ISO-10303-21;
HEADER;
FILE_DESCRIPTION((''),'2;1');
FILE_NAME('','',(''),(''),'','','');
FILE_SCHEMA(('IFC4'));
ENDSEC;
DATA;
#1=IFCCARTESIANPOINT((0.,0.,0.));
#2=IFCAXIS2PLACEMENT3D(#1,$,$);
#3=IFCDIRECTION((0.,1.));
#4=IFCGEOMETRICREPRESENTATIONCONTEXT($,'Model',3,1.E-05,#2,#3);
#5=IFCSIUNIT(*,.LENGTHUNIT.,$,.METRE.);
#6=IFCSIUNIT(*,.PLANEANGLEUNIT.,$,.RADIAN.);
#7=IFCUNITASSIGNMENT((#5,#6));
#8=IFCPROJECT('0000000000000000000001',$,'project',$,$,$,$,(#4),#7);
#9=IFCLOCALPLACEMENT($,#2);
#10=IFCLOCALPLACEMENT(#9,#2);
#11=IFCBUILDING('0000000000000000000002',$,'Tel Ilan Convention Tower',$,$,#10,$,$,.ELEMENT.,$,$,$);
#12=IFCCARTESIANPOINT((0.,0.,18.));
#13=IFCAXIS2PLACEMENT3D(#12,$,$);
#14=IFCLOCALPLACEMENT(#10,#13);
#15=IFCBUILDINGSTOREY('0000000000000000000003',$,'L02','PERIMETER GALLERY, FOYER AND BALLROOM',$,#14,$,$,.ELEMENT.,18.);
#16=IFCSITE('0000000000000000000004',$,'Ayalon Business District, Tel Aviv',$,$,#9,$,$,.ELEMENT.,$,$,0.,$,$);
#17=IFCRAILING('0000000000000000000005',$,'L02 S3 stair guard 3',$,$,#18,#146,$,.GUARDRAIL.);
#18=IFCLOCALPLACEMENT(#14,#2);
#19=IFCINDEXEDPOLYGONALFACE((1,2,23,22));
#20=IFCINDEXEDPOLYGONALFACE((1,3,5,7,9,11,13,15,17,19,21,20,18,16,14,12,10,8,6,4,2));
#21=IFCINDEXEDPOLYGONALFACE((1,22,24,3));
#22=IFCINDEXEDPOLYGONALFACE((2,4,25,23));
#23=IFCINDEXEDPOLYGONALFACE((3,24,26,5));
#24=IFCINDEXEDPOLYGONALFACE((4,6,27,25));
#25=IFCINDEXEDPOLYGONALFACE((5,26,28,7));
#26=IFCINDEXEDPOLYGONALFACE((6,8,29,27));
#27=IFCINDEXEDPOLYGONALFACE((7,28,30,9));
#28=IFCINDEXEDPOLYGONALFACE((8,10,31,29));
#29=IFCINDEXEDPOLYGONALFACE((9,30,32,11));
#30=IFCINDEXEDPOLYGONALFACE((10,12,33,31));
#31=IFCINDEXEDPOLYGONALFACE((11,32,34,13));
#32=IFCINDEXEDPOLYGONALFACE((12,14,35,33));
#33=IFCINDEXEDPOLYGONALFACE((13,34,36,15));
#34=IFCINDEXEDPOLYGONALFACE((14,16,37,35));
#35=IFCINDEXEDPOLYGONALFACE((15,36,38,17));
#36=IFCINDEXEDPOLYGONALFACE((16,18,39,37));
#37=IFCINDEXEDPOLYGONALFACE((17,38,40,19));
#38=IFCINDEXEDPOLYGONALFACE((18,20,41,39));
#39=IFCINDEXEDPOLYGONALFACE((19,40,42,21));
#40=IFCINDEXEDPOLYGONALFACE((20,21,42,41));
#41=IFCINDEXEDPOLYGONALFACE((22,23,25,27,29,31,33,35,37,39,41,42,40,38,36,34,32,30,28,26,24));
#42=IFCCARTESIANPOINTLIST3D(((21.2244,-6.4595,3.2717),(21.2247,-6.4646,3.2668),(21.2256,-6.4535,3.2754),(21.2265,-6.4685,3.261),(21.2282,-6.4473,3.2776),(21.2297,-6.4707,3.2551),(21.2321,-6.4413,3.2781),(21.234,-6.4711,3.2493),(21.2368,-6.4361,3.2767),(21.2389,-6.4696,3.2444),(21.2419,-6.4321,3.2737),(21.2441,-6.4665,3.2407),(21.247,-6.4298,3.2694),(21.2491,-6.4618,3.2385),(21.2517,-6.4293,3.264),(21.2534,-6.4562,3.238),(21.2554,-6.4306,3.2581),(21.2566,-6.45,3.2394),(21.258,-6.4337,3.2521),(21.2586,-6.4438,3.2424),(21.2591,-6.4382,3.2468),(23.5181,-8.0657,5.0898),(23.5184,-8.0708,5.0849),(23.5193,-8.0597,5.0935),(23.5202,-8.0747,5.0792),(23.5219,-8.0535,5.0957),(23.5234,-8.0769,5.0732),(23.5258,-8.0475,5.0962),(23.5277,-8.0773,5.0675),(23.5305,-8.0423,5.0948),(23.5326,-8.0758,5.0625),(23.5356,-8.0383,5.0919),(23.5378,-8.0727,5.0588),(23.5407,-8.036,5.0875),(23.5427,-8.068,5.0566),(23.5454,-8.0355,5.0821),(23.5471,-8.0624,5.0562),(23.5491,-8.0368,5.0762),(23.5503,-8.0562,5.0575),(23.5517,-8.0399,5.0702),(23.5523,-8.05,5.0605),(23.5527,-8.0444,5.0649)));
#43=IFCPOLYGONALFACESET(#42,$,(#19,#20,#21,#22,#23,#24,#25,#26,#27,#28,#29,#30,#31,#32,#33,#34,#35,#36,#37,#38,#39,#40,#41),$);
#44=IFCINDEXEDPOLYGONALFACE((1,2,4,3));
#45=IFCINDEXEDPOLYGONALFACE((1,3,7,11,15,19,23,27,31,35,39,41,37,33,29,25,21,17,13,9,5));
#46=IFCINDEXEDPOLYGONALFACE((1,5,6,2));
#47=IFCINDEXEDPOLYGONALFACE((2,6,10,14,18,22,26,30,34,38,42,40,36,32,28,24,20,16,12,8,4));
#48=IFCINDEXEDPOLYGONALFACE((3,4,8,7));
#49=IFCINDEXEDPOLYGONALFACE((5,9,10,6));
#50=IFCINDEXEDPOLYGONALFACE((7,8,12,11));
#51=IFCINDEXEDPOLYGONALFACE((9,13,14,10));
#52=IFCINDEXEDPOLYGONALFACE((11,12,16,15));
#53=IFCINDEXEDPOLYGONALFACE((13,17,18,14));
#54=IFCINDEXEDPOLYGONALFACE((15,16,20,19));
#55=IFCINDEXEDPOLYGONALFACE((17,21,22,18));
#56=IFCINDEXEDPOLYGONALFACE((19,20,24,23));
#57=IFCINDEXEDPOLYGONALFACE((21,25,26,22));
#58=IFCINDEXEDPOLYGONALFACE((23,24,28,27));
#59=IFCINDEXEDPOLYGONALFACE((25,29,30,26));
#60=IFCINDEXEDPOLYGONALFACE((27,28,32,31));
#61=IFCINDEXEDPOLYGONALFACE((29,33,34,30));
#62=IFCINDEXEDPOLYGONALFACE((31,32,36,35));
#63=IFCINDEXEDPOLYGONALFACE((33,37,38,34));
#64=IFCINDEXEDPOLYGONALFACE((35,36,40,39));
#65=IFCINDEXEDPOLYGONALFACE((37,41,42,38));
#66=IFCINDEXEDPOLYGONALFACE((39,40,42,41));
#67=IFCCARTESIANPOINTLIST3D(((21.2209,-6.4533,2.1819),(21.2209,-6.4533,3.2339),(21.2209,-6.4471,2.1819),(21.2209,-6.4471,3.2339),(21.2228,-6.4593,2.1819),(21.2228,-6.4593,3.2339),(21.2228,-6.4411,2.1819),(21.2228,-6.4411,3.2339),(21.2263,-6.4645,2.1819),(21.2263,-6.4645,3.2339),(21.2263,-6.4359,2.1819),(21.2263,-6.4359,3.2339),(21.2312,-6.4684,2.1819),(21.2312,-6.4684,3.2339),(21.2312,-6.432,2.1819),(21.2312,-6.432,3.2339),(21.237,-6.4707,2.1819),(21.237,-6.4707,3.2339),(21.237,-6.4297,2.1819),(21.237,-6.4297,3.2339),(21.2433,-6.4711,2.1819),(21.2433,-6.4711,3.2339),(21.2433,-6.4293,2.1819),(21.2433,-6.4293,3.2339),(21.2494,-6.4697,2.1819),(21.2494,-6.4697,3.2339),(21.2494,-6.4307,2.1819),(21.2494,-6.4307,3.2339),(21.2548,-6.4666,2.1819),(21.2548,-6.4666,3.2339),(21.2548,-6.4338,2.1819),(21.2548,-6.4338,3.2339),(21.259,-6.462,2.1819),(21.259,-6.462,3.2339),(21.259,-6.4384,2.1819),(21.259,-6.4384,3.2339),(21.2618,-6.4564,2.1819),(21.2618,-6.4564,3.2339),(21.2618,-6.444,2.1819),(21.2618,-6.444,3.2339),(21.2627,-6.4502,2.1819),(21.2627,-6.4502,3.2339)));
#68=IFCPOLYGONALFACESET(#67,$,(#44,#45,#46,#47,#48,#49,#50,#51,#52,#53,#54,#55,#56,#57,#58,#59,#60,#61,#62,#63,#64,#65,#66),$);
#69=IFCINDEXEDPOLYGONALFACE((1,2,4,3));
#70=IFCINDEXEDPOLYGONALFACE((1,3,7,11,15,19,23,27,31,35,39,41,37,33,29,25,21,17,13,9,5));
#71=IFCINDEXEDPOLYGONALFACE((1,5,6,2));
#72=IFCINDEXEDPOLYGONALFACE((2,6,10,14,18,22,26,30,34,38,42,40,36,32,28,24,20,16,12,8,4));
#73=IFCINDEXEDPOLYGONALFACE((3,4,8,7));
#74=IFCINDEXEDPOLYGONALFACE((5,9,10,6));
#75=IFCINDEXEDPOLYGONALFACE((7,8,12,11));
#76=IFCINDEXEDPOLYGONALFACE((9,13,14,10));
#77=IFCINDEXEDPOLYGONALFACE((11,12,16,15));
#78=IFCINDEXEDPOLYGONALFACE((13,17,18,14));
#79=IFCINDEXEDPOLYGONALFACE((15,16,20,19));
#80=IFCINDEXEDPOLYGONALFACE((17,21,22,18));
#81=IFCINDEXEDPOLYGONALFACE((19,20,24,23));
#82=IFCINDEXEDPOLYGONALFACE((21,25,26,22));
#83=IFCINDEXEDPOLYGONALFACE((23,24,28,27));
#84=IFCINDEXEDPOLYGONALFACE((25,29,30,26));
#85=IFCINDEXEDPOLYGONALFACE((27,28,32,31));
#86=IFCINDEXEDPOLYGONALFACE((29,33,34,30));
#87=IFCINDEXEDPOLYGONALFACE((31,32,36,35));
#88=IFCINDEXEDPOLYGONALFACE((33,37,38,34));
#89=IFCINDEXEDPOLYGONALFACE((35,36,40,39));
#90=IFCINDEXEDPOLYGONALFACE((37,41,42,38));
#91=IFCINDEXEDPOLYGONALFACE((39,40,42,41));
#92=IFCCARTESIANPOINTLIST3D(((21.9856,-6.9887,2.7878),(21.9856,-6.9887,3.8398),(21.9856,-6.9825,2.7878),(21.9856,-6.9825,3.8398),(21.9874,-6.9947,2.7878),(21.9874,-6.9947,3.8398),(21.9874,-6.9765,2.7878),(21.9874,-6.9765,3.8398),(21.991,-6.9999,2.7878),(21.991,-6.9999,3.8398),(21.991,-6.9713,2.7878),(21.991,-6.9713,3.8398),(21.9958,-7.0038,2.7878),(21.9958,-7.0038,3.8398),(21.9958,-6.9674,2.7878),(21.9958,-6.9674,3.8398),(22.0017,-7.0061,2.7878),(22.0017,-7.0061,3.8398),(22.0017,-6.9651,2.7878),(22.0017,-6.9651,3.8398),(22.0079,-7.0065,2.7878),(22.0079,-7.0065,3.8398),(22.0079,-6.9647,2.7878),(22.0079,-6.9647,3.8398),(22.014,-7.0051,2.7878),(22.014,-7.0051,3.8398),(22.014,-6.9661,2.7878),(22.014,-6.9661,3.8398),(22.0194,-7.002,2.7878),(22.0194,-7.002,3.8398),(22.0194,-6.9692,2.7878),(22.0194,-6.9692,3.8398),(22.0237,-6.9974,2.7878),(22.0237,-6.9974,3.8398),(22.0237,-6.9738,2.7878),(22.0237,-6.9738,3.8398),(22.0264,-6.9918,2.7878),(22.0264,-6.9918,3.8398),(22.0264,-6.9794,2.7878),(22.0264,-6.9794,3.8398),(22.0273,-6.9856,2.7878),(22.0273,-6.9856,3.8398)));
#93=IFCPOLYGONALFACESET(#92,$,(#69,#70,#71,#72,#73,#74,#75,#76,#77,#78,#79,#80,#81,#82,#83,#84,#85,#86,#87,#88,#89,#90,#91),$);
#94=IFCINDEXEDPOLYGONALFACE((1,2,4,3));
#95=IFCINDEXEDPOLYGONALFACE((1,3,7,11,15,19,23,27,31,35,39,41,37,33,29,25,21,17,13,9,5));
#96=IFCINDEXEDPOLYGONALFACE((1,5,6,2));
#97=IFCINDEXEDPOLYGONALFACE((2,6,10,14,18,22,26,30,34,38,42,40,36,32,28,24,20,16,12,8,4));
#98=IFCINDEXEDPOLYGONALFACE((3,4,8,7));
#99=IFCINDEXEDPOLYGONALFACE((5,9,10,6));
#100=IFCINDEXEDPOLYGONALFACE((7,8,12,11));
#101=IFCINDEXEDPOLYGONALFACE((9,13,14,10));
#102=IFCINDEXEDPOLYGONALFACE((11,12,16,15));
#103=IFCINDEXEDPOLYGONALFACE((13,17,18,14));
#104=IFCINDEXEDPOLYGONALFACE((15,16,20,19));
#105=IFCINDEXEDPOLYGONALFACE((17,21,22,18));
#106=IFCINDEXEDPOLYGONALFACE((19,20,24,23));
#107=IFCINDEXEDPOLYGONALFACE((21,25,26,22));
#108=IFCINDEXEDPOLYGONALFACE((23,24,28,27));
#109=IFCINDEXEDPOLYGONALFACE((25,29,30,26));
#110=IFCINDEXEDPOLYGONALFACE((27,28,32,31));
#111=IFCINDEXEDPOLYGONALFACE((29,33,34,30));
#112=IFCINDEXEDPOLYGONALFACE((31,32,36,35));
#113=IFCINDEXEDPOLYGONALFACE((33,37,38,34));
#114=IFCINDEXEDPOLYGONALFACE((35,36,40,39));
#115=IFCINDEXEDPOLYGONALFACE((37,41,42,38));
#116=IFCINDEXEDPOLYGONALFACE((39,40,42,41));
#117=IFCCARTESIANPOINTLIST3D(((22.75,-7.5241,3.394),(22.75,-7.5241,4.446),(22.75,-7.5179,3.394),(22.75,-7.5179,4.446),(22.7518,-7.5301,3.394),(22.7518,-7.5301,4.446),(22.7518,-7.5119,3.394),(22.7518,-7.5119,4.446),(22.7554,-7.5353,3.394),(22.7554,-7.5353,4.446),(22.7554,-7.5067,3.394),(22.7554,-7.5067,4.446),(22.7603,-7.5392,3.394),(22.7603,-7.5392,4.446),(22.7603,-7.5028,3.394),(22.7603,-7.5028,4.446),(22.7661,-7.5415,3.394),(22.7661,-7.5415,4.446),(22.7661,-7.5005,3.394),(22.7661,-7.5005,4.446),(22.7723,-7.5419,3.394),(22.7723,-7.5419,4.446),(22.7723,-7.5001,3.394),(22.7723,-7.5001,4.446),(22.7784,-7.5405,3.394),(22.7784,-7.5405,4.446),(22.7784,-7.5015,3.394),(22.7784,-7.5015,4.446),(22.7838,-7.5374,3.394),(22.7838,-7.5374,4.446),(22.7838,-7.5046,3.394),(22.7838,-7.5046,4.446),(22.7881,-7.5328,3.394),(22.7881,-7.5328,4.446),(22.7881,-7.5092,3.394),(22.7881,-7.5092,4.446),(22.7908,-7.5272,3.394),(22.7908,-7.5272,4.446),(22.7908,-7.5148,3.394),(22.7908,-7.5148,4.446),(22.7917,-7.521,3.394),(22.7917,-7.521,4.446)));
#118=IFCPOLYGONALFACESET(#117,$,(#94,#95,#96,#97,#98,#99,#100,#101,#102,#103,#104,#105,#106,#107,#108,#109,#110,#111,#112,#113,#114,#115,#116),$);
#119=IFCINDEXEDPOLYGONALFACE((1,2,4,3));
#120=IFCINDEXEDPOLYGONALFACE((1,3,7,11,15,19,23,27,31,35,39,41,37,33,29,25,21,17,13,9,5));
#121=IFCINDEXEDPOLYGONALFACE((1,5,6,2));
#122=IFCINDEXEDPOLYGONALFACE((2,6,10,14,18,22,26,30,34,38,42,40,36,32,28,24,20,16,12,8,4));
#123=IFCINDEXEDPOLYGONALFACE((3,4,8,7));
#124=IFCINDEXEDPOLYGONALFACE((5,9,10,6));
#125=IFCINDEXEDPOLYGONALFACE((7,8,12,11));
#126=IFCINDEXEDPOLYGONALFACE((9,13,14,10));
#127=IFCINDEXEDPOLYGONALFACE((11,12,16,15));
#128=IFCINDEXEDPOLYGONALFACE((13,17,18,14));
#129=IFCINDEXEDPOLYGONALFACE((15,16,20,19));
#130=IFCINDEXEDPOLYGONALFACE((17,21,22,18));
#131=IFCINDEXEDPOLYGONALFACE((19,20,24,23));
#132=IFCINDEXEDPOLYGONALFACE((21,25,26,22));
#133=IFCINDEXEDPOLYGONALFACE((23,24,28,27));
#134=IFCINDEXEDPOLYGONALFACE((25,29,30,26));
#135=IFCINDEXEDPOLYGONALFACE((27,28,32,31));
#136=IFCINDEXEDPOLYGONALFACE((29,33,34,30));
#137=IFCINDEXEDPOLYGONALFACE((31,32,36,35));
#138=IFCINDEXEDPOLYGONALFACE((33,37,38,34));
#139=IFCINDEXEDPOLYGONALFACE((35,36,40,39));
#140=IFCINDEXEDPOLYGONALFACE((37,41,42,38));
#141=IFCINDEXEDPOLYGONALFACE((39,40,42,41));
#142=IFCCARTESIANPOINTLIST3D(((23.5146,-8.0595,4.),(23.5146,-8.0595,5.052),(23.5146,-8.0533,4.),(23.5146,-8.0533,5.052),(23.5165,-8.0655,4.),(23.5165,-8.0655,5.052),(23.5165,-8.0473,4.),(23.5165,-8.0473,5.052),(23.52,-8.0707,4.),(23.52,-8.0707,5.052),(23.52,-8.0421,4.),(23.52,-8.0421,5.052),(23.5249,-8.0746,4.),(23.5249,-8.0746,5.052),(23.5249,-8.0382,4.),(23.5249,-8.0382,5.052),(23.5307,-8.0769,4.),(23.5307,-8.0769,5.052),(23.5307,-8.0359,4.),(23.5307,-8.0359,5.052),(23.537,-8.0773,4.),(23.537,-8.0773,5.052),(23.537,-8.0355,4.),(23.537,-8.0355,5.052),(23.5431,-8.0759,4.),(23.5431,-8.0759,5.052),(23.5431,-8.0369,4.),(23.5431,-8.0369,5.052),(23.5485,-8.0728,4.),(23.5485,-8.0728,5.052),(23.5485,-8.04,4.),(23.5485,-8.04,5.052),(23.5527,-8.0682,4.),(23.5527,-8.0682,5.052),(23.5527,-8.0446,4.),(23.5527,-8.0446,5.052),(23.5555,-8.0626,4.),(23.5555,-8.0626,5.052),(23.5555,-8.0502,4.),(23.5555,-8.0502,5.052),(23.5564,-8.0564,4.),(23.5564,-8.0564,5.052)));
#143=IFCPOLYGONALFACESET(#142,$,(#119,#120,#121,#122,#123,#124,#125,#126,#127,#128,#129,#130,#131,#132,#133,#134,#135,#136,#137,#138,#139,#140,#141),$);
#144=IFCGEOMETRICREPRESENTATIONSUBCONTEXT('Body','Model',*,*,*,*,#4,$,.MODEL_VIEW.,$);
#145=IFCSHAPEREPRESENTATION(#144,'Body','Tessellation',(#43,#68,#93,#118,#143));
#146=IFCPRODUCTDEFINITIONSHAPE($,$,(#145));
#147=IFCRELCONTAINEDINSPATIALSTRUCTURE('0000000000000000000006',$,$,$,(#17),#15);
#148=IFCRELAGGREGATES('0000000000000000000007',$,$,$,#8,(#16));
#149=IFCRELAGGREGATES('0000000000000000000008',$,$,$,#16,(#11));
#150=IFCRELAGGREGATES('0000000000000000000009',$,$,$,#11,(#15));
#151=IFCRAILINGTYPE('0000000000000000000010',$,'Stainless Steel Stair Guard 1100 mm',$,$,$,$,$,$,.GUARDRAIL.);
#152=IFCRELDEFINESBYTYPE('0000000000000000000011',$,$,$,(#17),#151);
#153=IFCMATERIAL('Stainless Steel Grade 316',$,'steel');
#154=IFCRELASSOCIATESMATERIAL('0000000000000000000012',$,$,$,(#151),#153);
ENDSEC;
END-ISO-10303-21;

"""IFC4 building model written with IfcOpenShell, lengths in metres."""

from ifc_helpers import new_model, si_unit, direction, frame, origin, origin_2d, place, context, subcontext, project, spatial, circle, extrude, material, type_object, element, save


model = new_model("IFC4")

# Units and contexts
model_context = context("Model", 3, precision=1e-05, world=origin(), true_north=direction((0.0, 1.0)))
body_context = subcontext(model_context, "Body", "Model", "MODEL_VIEW")
ifc_project = project(units=[si_unit("LENGTHUNIT", "METRE"), si_unit("PLANEANGLEUNIT", "RADIAN")], contexts=[model_context])

# Site, building, storey
site_placement = place(None, origin())
site = spatial("IfcSite", under=ifc_project, at=site_placement, Name="Ayalon Business District, Tel Aviv", CompositionType="ELEMENT", RefElevation=0.0)
building_placement = place(site_placement, origin())
building = spatial("IfcBuilding", under=site, at=building_placement, Name="Tel Ilan Convention Tower", CompositionType="ELEMENT")
storey_placement = place(building_placement, frame((0.0, 0.0, 18.0)))
storey = spatial("IfcBuildingStorey", under=building, at=storey_placement, Name="L02", Description="PERIMETER GALLERY, FOYER AND BALLROOM", CompositionType="ELEMENT", Elevation=18.0)

# Railing
ifc_material_1 = material(Name="Stainless Steel Grade 316", Category="steel")
railing_type_1 = type_object("IfcRailingType", Name="Stainless Steel Stair Guard 1100 mm", PredefinedType="GUARDRAIL", material=ifc_material_1)
for number, where, name in (
    (1, (21.2417, -6.4502, 2.1819), "L02 S3 stair guard 3"),
):
    element("IfcRailing", number, at=place(storey_placement, frame(where)), inside=storey, type_object=railing_type_1, Name=name, PredefinedType="GUARDRAIL", context=body_context, shape_type="SweptSolid", body=[
        extrude(circle(Radius=0.0239, at=origin_2d()), frame((0.0, 0.0, 1.0762), z_axis=(0.687017, -0.481095, 0.544568), x_axis=(0.573609, 0.81913, 0.0)), (0.0, 0.0, 1.0), 3.3386),
        extrude(circle(Radius=0.021, at=origin_2d()), origin(), (0.0, 0.0, 1.0), 1.052),
        extrude(circle(Radius=0.021, at=origin_2d()), frame((0.7646, -0.5354, 0.606)), (0.0, 0.0, 1.0), 1.052),
        extrude(circle(Radius=0.021, at=origin_2d()), frame((1.5291, -1.0708, 1.2122)), (0.0, 0.0, 1.0), 1.052),
        extrude(circle(Radius=0.021, at=origin_2d()), frame((2.2937, -1.6062, 1.8181)), (0.0, 0.0, 1.0), 1.052),
    ])

save(model, "model.ifc")
